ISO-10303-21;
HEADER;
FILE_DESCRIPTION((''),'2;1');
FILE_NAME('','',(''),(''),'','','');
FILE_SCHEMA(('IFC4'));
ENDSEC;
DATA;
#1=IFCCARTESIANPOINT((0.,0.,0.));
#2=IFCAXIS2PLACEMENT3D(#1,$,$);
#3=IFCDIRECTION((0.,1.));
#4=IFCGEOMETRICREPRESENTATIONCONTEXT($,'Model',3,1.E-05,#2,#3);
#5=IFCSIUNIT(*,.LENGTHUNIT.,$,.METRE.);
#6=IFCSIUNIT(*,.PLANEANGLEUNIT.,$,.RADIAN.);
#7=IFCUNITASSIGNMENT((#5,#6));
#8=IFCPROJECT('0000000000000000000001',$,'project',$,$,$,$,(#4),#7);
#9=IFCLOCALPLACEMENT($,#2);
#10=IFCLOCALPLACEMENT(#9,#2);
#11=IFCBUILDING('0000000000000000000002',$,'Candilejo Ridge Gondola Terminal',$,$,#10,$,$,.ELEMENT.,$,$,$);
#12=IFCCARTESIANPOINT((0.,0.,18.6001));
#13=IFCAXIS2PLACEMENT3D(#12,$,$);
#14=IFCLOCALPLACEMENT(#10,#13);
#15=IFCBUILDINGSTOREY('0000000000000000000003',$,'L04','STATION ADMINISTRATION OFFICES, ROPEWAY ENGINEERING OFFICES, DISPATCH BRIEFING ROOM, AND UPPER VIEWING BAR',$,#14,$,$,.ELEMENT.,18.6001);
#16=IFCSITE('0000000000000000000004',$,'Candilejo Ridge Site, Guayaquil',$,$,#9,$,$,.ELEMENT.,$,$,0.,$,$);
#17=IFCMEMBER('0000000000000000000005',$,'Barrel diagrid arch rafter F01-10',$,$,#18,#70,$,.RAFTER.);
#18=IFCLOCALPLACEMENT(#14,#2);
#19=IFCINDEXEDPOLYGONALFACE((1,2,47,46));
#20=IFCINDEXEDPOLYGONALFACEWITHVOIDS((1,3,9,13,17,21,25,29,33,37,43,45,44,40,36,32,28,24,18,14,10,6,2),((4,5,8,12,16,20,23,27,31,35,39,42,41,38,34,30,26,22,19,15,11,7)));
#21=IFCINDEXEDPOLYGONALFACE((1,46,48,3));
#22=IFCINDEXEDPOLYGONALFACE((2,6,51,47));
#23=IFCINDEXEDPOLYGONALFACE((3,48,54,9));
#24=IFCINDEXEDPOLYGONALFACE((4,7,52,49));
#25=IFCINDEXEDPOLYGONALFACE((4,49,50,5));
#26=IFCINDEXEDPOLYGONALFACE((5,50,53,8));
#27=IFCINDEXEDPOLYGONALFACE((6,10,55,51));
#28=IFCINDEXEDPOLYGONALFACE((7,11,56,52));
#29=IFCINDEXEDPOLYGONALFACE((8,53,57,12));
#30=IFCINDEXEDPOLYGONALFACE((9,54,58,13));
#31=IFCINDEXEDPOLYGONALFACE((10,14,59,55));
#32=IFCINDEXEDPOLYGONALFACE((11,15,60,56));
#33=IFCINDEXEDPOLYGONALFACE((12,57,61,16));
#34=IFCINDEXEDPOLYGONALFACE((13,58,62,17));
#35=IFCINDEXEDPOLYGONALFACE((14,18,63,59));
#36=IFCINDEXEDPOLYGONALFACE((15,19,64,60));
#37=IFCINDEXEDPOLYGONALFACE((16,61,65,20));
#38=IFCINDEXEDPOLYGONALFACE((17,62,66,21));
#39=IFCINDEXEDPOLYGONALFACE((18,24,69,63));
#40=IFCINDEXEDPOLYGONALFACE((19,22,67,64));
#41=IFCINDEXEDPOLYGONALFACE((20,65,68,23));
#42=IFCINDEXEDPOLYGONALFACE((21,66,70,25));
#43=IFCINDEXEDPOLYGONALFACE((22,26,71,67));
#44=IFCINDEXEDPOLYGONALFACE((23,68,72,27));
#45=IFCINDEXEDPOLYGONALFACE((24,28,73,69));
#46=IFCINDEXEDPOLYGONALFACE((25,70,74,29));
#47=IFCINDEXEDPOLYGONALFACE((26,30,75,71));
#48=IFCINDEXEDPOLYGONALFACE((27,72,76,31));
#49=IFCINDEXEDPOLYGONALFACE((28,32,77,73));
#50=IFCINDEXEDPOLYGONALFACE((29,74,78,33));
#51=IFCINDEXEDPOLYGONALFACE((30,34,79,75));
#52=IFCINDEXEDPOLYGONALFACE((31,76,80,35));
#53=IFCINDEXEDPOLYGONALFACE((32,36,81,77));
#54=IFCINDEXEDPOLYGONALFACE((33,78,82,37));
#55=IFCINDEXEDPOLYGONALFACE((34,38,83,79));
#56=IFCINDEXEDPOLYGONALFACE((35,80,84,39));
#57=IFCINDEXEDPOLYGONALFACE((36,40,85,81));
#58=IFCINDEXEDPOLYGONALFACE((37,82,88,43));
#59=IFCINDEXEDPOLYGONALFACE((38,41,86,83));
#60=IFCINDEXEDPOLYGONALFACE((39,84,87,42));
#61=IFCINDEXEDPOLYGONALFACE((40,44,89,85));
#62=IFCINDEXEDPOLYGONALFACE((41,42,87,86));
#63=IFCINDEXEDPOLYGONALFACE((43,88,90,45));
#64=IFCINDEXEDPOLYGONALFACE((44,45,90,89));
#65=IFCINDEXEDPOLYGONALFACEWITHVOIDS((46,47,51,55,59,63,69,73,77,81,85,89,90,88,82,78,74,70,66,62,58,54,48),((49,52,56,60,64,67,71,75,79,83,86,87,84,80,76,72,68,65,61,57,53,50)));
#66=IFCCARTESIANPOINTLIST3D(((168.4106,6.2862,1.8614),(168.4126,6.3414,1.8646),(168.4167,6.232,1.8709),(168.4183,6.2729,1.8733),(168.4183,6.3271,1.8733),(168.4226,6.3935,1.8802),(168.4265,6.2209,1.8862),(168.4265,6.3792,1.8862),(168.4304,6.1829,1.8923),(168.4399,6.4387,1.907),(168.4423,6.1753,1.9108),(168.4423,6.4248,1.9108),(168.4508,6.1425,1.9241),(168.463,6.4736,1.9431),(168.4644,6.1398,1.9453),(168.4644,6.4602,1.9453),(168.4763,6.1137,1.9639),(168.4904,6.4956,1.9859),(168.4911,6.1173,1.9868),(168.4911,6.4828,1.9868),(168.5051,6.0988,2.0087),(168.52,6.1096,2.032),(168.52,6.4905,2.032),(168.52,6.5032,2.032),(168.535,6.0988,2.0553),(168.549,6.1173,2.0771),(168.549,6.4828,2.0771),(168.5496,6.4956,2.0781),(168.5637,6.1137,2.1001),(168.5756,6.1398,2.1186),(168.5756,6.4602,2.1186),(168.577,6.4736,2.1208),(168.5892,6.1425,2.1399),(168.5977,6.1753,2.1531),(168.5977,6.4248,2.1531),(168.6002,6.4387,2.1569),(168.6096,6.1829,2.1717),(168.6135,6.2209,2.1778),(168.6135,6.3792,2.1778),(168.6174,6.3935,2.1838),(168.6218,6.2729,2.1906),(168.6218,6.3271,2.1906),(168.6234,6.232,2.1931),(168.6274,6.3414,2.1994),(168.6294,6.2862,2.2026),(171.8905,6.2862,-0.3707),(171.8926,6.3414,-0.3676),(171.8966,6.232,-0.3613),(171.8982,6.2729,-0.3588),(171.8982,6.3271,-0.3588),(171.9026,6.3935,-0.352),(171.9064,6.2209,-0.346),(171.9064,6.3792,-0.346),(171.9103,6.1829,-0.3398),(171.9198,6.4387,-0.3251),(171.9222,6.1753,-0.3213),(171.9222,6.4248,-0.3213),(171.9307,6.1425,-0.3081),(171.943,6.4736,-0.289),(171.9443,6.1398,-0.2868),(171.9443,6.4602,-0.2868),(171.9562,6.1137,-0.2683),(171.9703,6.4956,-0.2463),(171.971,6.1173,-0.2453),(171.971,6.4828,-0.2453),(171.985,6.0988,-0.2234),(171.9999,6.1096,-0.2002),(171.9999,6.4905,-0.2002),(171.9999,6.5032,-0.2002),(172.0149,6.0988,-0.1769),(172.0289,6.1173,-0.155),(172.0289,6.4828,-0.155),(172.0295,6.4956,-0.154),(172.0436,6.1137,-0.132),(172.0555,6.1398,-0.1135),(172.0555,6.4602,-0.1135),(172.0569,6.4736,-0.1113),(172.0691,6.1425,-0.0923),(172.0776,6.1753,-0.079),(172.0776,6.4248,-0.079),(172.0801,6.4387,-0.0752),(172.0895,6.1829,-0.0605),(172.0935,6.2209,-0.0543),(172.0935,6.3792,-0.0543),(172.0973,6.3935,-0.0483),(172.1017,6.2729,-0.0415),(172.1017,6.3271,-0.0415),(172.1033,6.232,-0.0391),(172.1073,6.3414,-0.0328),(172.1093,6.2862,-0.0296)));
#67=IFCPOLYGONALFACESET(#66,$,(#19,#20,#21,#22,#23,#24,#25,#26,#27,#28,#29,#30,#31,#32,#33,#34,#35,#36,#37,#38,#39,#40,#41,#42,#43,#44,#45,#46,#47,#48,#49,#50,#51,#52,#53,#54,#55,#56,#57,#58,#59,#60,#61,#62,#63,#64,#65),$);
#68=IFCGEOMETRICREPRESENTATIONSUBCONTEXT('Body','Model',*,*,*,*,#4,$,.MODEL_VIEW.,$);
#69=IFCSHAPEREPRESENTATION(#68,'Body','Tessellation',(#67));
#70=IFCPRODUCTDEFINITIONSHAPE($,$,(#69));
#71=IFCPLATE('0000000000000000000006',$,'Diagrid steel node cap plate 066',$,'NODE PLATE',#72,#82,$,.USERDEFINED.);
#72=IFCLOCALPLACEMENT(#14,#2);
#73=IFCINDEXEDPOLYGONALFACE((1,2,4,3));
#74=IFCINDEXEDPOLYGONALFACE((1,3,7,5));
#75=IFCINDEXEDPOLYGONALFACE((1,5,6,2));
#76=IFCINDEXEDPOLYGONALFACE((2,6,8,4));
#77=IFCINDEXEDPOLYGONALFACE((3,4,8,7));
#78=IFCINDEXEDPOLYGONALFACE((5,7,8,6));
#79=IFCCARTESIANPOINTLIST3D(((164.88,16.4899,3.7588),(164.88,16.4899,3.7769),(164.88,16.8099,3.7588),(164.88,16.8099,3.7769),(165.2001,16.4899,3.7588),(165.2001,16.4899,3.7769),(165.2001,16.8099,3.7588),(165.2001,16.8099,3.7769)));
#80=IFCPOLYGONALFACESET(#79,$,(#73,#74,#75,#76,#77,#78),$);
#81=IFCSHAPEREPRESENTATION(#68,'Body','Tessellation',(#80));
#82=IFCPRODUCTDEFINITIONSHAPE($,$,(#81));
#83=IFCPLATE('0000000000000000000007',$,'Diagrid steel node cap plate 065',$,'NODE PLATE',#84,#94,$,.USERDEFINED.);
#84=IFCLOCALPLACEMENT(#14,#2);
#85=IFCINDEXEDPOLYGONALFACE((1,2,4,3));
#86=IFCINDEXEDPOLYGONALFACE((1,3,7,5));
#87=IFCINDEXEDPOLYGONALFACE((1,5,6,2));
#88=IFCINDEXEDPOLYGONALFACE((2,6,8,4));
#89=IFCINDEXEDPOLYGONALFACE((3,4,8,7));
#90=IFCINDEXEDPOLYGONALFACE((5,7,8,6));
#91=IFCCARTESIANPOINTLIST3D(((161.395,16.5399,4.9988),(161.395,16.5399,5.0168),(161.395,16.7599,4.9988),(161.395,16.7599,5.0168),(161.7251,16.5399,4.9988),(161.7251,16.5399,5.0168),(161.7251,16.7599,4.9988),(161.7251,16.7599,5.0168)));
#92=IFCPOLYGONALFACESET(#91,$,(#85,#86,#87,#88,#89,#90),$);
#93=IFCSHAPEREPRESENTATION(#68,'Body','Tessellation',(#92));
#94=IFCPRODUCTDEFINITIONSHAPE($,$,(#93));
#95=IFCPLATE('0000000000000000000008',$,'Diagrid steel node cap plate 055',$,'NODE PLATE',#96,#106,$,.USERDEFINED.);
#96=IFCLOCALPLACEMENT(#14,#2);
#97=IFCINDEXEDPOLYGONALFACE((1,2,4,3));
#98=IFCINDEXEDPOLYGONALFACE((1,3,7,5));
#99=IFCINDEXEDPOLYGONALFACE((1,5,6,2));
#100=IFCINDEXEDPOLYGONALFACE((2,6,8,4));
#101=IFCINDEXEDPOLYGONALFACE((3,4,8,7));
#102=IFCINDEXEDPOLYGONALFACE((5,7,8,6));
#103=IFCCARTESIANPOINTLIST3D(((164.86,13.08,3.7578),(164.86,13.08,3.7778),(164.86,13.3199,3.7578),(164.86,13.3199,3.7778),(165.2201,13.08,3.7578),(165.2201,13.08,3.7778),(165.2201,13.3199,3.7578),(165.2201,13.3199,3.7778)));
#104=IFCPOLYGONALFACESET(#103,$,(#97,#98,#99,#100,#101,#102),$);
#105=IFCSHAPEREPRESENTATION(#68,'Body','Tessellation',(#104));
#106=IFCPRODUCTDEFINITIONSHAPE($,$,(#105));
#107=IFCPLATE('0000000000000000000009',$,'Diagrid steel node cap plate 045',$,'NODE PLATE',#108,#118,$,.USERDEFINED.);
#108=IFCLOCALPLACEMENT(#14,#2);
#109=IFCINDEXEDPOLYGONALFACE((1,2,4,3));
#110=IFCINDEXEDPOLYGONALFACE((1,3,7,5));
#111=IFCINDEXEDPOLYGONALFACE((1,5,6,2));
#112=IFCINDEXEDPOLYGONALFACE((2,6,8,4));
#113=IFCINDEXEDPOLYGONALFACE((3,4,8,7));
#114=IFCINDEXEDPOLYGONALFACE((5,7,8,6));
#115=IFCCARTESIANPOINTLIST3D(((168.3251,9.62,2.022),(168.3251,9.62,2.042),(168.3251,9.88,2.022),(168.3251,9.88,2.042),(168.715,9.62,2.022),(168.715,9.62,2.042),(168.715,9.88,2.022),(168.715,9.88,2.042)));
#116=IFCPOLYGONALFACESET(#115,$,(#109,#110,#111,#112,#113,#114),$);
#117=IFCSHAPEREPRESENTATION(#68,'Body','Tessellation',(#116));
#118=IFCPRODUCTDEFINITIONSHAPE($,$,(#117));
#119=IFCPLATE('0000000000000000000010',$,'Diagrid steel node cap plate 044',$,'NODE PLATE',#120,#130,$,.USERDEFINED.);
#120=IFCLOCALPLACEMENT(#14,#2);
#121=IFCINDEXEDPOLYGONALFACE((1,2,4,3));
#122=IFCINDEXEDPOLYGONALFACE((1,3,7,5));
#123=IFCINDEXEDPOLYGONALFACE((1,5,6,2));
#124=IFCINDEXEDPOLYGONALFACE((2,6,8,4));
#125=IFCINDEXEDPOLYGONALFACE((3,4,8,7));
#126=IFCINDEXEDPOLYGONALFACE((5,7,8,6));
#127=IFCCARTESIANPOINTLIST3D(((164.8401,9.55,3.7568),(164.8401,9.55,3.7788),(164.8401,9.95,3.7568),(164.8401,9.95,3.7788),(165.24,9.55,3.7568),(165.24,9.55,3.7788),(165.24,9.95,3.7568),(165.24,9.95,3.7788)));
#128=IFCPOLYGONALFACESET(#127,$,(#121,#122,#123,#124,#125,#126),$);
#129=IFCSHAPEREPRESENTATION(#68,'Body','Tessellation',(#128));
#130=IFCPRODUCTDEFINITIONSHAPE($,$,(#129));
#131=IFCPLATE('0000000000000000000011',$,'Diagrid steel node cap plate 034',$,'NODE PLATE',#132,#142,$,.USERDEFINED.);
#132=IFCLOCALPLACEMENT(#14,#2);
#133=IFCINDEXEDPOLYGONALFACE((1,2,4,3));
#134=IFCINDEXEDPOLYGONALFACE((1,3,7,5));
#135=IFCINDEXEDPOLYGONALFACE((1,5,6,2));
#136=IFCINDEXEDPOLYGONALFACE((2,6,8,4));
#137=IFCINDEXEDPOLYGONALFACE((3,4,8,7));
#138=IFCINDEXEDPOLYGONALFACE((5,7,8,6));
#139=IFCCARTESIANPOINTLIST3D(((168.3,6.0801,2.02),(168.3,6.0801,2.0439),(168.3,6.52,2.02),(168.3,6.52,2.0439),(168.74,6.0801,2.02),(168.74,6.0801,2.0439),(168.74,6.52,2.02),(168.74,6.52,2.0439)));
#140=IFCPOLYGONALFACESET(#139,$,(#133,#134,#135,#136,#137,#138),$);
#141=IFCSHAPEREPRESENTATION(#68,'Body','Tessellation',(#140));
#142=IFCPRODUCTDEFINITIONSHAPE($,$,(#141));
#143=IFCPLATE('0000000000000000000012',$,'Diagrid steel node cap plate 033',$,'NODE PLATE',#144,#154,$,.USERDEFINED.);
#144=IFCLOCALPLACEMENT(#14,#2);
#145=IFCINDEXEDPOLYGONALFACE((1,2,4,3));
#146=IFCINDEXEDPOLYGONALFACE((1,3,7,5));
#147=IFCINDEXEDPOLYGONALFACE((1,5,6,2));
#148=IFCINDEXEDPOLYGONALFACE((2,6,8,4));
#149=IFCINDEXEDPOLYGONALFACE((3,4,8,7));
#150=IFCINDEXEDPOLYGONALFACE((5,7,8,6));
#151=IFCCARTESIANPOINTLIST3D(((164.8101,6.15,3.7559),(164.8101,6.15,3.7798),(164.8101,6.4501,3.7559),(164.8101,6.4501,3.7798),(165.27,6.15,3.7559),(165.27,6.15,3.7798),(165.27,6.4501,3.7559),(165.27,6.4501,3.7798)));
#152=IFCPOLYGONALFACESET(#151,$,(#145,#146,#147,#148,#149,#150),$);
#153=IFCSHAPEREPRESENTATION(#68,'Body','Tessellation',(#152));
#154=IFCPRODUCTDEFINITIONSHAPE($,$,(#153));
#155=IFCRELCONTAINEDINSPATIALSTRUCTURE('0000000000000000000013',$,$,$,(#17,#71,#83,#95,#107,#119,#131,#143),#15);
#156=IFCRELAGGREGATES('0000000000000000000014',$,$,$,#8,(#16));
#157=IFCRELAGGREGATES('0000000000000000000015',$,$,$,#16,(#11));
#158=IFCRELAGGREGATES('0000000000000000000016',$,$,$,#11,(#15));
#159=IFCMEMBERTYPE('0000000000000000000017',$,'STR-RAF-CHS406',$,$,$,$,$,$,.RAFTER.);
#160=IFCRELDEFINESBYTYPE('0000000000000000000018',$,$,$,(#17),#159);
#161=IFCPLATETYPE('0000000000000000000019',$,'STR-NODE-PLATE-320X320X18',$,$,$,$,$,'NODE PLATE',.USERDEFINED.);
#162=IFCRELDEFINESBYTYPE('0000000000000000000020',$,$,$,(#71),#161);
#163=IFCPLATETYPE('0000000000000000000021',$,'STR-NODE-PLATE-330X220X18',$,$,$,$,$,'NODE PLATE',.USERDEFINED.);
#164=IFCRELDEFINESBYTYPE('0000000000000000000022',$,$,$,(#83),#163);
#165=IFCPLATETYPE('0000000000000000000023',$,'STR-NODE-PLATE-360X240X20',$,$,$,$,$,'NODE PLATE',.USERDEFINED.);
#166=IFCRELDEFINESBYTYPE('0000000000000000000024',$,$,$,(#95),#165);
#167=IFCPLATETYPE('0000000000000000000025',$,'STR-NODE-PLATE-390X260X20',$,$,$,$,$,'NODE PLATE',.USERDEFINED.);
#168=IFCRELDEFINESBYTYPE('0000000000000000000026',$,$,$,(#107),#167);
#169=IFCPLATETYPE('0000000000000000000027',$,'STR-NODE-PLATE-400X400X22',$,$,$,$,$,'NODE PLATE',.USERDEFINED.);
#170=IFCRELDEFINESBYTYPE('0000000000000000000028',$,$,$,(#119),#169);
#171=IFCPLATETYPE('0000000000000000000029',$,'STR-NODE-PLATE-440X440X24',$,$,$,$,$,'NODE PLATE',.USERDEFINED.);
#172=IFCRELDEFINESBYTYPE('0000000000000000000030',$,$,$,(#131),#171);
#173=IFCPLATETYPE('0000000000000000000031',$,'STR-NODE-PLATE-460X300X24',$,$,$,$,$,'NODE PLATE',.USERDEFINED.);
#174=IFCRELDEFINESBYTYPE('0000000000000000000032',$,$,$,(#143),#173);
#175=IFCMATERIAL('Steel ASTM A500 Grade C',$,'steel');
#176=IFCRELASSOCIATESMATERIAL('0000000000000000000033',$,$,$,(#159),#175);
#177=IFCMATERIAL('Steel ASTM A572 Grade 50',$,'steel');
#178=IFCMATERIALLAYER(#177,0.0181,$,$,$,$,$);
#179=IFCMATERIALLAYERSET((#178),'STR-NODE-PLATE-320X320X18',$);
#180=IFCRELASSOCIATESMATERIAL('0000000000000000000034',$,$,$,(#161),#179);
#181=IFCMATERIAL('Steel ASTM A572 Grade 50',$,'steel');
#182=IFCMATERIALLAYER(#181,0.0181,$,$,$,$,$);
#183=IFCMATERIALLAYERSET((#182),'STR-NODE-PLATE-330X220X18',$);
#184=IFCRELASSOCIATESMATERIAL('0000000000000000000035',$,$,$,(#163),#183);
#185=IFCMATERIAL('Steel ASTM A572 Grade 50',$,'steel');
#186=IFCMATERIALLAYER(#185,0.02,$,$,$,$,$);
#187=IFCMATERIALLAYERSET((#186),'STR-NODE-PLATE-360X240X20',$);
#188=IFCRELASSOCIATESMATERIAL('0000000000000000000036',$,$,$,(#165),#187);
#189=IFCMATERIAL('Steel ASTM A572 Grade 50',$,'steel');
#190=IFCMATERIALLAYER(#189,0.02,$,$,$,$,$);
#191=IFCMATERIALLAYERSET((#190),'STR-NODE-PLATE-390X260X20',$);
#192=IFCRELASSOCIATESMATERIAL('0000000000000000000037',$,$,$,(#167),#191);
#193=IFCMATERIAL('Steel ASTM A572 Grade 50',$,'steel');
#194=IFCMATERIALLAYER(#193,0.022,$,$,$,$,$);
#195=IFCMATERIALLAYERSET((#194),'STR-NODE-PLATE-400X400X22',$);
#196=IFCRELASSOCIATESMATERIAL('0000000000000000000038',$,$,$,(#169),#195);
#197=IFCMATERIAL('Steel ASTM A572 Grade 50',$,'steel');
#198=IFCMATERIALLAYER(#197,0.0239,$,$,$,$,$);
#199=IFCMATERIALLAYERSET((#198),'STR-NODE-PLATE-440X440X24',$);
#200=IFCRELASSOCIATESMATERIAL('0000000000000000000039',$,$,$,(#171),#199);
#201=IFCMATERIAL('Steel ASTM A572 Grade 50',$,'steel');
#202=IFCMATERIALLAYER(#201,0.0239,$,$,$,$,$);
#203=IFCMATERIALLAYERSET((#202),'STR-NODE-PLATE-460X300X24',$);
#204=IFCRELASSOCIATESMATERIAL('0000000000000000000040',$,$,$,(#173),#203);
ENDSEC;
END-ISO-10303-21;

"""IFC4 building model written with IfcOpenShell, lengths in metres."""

from ifc_helpers import new_model, si_unit, direction, frame, origin, origin_2d, place, context, subcontext, project, spatial, rectangle, hollow_circle, extrude, material, layer, layer_set, material_profile, profile_set, type_object, element, save


model = new_model("IFC4")

# Units and contexts
model_context = context("Model", 3, precision=1e-05, world=origin(), true_north=direction((0.0, 1.0)))
body_context = subcontext(model_context, "Body", "Model", "MODEL_VIEW")
ifc_project = project(units=[si_unit("LENGTHUNIT", "METRE"), si_unit("PLANEANGLEUNIT", "RADIAN")], contexts=[model_context])

# Site, building, storey
site_placement = place(None, origin())
site = spatial("IfcSite", under=ifc_project, at=site_placement, Name="Candilejo Ridge Site, Guayaquil", CompositionType="ELEMENT", RefElevation=0.0)
building_placement = place(site_placement, origin())
building = spatial("IfcBuilding", under=site, at=building_placement, Name="Candilejo Ridge Gondola Terminal", CompositionType="ELEMENT")
storey_placement = place(building_placement, frame((0.0, 0.0, 18.6001)))
storey = spatial("IfcBuildingStorey", under=building, at=storey_placement, Name="L04", Description="STATION ADMINISTRATION OFFICES, ROPEWAY ENGINEERING OFFICES, DISPATCH BRIEFING ROOM, AND UPPER VIEWING BAR", CompositionType="ELEMENT", Elevation=18.6001)

# Member
ifc_material_1 = material(Name="Steel ASTM A500 Grade C", Category="steel")
ifc_material_profile_1 = material_profile(ifc_material_1, hollow_circle(Radius=0.2031, WallThickness=0.0127, at=origin_2d()))
ifc_profile_set_1 = profile_set([ifc_material_profile_1], Name="Steel ASTM A500 Grade C")
member_type_1 = type_object("IfcMemberType", Name="STR-RAF-CHS406", PredefinedType="RAFTER", material=ifc_profile_set_1)
member_1_placement = place(storey_placement, frame((168.52, 6.3, 2.032), z_axis=(0.841723, 0.0, -0.53991), x_axis=(0.0, 1.0, 0.0)))
element("IfcMember", 1, at=member_1_placement, inside=storey, type_object=member_type_1, Name="Barrel diagrid arch rafter F01-10", PredefinedType="RAFTER", context=body_context, shape_type="SweptSolid", body=[
    extrude(hollow_circle(Radius=0.2031, WallThickness=0.0127, at=origin_2d()), origin(), (0.0, 0.0, 1.0), 4.1343),
])

# Plates
ifc_material_2 = material(Name="Steel ASTM A572 Grade 50", Category="steel")
ifc_layer_1 = layer(ifc_material_2, 0.0181)
ifc_layer_set_1 = layer_set([ifc_layer_1], Name="STR-NODE-PLATE-320X320X18")
plate_type_1 = type_object("IfcPlateType", Name="STR-NODE-PLATE-320X320X18", ElementType="NODE PLATE", PredefinedType="USERDEFINED", material=ifc_layer_set_1)
plate_1_placement = place(storey_placement, frame((165.04, 16.6499, 3.7588), z_axis=(0.0, 0.0, 1.0), x_axis=(1.0, 0.0, 0.0)))
element("IfcPlate", 2, at=plate_1_placement, inside=storey, type_object=plate_type_1, Name="Diagrid steel node cap plate 066", ObjectType="NODE PLATE", PredefinedType="USERDEFINED", context=body_context, shape_type="SweptSolid", body=[
    extrude(rectangle(XDim=0.3201, YDim=0.3201, at=origin_2d()), origin(), (0.0, 0.0, 1.0), 0.0181),
])
ifc_material_3 = material(Name="Steel ASTM A572 Grade 50", Category="steel")
ifc_layer_2 = layer(ifc_material_3, 0.0181)
ifc_layer_set_2 = layer_set([ifc_layer_2], Name="STR-NODE-PLATE-330X220X18")
plate_type_2 = type_object("IfcPlateType", Name="STR-NODE-PLATE-330X220X18", ElementType="NODE PLATE", PredefinedType="USERDEFINED", material=ifc_layer_set_2)
plate_2_placement = place(storey_placement, frame((161.5601, 16.6499, 4.9988), z_axis=(0.0, 0.0, 1.0), x_axis=(1.0, 0.0, 0.0)))
element("IfcPlate", 3, at=plate_2_placement, inside=storey, type_object=plate_type_2, Name="Diagrid steel node cap plate 065", ObjectType="NODE PLATE", PredefinedType="USERDEFINED", context=body_context, shape_type="SweptSolid", body=[
    extrude(rectangle(XDim=0.3301, YDim=0.22, at=origin_2d()), origin(), (0.0, 0.0, 1.0), 0.0181),
])
ifc_material_4 = material(Name="Steel ASTM A572 Grade 50", Category="steel")
ifc_layer_3 = layer(ifc_material_4, 0.02)
ifc_layer_set_3 = layer_set([ifc_layer_3], Name="STR-NODE-PLATE-360X240X20")
plate_type_3 = type_object("IfcPlateType", Name="STR-NODE-PLATE-360X240X20", ElementType="NODE PLATE", PredefinedType="USERDEFINED", material=ifc_layer_set_3)
plate_3_placement = place(storey_placement, frame((165.04, 13.2, 3.7578), z_axis=(0.0, 0.0, 1.0), x_axis=(1.0, 0.0, 0.0)))
element("IfcPlate", 4, at=plate_3_placement, inside=storey, type_object=plate_type_3, Name="Diagrid steel node cap plate 055", ObjectType="NODE PLATE", PredefinedType="USERDEFINED", context=body_context, shape_type="SweptSolid", body=[
    extrude(rectangle(XDim=0.3601, YDim=0.24, at=origin_2d()), origin(), (0.0, 0.0, 1.0), 0.02),
])
ifc_material_5 = material(Name="Steel ASTM A572 Grade 50", Category="steel")
ifc_layer_4 = layer(ifc_material_5, 0.02)
ifc_layer_set_4 = layer_set([ifc_layer_4], Name="STR-NODE-PLATE-390X260X20")
plate_type_4 = type_object("IfcPlateType", Name="STR-NODE-PLATE-390X260X20", ElementType="NODE PLATE", PredefinedType="USERDEFINED", material=ifc_layer_set_4)
plate_4_placement = place(storey_placement, frame((168.52, 9.75, 2.022), z_axis=(0.0, 0.0, 1.0), x_axis=(1.0, 0.0, 0.0)))
element("IfcPlate", 5, at=plate_4_placement, inside=storey, type_object=plate_type_4, Name="Diagrid steel node cap plate 045", ObjectType="NODE PLATE", PredefinedType="USERDEFINED", context=body_context, shape_type="SweptSolid", body=[
    extrude(rectangle(XDim=0.3899, YDim=0.26, at=origin_2d()), origin(), (0.0, 0.0, 1.0), 0.02),
])
ifc_material_6 = material(Name="Steel ASTM A572 Grade 50", Category="steel")
ifc_layer_5 = layer(ifc_material_6, 0.022)
ifc_layer_set_5 = layer_set([ifc_layer_5], Name="STR-NODE-PLATE-400X400X22")
plate_type_5 = type_object("IfcPlateType", Name="STR-NODE-PLATE-400X400X22", ElementType="NODE PLATE", PredefinedType="USERDEFINED", material=ifc_layer_set_5)
plate_5_placement = place(storey_placement, frame((165.04, 9.75, 3.7568), z_axis=(0.0, 0.0, 1.0), x_axis=(1.0, 0.0, 0.0)))
element("IfcPlate", 6, at=plate_5_placement, inside=storey, type_object=plate_type_5, Name="Diagrid steel node cap plate 044", ObjectType="NODE PLATE", PredefinedType="USERDEFINED", context=body_context, shape_type="SweptSolid", body=[
    extrude(rectangle(XDim=0.3999, YDim=0.3999, at=origin_2d()), origin(), (0.0, 0.0, 1.0), 0.022),
])
ifc_material_7 = material(Name="Steel ASTM A572 Grade 50", Category="steel")
ifc_layer_6 = layer(ifc_material_7, 0.0239)
ifc_layer_set_6 = layer_set([ifc_layer_6], Name="STR-NODE-PLATE-440X440X24")
plate_type_6 = type_object("IfcPlateType", Name="STR-NODE-PLATE-440X440X24", ElementType="NODE PLATE", PredefinedType="USERDEFINED", material=ifc_layer_set_6)
plate_6_placement = place(storey_placement, frame((168.52, 6.3, 2.02), z_axis=(0.0, 0.0, 1.0), x_axis=(1.0, 0.0, 0.0)))
element("IfcPlate", 7, at=plate_6_placement, inside=storey, type_object=plate_type_6, Name="Diagrid steel node cap plate 034", ObjectType="NODE PLATE", PredefinedType="USERDEFINED", context=body_context, shape_type="SweptSolid", body=[
    extrude(rectangle(XDim=0.4399, YDim=0.4399, at=origin_2d()), origin(), (0.0, 0.0, 1.0), 0.0239),
])
ifc_material_8 = material(Name="Steel ASTM A572 Grade 50", Category="steel")
ifc_layer_7 = layer(ifc_material_8, 0.0239)
ifc_layer_set_7 = layer_set([ifc_layer_7], Name="STR-NODE-PLATE-460X300X24")
plate_type_7 = type_object("IfcPlateType", Name="STR-NODE-PLATE-460X300X24", ElementType="NODE PLATE", PredefinedType="USERDEFINED", material=ifc_layer_set_7)
plate_7_placement = place(storey_placement, frame((165.04, 6.3, 3.7559), z_axis=(0.0, 0.0, 1.0), x_axis=(1.0, 0.0, 0.0)))
element("IfcPlate", 8, at=plate_7_placement, inside=storey, type_object=plate_type_7, Name="Diagrid steel node cap plate 033", ObjectType="NODE PLATE", PredefinedType="USERDEFINED", context=body_context, shape_type="SweptSolid", body=[
    extrude(rectangle(XDim=0.46, YDim=0.3, at=origin_2d()), origin(), (0.0, 0.0, 1.0), 0.0239),
])

save(model, "model.ifc")
